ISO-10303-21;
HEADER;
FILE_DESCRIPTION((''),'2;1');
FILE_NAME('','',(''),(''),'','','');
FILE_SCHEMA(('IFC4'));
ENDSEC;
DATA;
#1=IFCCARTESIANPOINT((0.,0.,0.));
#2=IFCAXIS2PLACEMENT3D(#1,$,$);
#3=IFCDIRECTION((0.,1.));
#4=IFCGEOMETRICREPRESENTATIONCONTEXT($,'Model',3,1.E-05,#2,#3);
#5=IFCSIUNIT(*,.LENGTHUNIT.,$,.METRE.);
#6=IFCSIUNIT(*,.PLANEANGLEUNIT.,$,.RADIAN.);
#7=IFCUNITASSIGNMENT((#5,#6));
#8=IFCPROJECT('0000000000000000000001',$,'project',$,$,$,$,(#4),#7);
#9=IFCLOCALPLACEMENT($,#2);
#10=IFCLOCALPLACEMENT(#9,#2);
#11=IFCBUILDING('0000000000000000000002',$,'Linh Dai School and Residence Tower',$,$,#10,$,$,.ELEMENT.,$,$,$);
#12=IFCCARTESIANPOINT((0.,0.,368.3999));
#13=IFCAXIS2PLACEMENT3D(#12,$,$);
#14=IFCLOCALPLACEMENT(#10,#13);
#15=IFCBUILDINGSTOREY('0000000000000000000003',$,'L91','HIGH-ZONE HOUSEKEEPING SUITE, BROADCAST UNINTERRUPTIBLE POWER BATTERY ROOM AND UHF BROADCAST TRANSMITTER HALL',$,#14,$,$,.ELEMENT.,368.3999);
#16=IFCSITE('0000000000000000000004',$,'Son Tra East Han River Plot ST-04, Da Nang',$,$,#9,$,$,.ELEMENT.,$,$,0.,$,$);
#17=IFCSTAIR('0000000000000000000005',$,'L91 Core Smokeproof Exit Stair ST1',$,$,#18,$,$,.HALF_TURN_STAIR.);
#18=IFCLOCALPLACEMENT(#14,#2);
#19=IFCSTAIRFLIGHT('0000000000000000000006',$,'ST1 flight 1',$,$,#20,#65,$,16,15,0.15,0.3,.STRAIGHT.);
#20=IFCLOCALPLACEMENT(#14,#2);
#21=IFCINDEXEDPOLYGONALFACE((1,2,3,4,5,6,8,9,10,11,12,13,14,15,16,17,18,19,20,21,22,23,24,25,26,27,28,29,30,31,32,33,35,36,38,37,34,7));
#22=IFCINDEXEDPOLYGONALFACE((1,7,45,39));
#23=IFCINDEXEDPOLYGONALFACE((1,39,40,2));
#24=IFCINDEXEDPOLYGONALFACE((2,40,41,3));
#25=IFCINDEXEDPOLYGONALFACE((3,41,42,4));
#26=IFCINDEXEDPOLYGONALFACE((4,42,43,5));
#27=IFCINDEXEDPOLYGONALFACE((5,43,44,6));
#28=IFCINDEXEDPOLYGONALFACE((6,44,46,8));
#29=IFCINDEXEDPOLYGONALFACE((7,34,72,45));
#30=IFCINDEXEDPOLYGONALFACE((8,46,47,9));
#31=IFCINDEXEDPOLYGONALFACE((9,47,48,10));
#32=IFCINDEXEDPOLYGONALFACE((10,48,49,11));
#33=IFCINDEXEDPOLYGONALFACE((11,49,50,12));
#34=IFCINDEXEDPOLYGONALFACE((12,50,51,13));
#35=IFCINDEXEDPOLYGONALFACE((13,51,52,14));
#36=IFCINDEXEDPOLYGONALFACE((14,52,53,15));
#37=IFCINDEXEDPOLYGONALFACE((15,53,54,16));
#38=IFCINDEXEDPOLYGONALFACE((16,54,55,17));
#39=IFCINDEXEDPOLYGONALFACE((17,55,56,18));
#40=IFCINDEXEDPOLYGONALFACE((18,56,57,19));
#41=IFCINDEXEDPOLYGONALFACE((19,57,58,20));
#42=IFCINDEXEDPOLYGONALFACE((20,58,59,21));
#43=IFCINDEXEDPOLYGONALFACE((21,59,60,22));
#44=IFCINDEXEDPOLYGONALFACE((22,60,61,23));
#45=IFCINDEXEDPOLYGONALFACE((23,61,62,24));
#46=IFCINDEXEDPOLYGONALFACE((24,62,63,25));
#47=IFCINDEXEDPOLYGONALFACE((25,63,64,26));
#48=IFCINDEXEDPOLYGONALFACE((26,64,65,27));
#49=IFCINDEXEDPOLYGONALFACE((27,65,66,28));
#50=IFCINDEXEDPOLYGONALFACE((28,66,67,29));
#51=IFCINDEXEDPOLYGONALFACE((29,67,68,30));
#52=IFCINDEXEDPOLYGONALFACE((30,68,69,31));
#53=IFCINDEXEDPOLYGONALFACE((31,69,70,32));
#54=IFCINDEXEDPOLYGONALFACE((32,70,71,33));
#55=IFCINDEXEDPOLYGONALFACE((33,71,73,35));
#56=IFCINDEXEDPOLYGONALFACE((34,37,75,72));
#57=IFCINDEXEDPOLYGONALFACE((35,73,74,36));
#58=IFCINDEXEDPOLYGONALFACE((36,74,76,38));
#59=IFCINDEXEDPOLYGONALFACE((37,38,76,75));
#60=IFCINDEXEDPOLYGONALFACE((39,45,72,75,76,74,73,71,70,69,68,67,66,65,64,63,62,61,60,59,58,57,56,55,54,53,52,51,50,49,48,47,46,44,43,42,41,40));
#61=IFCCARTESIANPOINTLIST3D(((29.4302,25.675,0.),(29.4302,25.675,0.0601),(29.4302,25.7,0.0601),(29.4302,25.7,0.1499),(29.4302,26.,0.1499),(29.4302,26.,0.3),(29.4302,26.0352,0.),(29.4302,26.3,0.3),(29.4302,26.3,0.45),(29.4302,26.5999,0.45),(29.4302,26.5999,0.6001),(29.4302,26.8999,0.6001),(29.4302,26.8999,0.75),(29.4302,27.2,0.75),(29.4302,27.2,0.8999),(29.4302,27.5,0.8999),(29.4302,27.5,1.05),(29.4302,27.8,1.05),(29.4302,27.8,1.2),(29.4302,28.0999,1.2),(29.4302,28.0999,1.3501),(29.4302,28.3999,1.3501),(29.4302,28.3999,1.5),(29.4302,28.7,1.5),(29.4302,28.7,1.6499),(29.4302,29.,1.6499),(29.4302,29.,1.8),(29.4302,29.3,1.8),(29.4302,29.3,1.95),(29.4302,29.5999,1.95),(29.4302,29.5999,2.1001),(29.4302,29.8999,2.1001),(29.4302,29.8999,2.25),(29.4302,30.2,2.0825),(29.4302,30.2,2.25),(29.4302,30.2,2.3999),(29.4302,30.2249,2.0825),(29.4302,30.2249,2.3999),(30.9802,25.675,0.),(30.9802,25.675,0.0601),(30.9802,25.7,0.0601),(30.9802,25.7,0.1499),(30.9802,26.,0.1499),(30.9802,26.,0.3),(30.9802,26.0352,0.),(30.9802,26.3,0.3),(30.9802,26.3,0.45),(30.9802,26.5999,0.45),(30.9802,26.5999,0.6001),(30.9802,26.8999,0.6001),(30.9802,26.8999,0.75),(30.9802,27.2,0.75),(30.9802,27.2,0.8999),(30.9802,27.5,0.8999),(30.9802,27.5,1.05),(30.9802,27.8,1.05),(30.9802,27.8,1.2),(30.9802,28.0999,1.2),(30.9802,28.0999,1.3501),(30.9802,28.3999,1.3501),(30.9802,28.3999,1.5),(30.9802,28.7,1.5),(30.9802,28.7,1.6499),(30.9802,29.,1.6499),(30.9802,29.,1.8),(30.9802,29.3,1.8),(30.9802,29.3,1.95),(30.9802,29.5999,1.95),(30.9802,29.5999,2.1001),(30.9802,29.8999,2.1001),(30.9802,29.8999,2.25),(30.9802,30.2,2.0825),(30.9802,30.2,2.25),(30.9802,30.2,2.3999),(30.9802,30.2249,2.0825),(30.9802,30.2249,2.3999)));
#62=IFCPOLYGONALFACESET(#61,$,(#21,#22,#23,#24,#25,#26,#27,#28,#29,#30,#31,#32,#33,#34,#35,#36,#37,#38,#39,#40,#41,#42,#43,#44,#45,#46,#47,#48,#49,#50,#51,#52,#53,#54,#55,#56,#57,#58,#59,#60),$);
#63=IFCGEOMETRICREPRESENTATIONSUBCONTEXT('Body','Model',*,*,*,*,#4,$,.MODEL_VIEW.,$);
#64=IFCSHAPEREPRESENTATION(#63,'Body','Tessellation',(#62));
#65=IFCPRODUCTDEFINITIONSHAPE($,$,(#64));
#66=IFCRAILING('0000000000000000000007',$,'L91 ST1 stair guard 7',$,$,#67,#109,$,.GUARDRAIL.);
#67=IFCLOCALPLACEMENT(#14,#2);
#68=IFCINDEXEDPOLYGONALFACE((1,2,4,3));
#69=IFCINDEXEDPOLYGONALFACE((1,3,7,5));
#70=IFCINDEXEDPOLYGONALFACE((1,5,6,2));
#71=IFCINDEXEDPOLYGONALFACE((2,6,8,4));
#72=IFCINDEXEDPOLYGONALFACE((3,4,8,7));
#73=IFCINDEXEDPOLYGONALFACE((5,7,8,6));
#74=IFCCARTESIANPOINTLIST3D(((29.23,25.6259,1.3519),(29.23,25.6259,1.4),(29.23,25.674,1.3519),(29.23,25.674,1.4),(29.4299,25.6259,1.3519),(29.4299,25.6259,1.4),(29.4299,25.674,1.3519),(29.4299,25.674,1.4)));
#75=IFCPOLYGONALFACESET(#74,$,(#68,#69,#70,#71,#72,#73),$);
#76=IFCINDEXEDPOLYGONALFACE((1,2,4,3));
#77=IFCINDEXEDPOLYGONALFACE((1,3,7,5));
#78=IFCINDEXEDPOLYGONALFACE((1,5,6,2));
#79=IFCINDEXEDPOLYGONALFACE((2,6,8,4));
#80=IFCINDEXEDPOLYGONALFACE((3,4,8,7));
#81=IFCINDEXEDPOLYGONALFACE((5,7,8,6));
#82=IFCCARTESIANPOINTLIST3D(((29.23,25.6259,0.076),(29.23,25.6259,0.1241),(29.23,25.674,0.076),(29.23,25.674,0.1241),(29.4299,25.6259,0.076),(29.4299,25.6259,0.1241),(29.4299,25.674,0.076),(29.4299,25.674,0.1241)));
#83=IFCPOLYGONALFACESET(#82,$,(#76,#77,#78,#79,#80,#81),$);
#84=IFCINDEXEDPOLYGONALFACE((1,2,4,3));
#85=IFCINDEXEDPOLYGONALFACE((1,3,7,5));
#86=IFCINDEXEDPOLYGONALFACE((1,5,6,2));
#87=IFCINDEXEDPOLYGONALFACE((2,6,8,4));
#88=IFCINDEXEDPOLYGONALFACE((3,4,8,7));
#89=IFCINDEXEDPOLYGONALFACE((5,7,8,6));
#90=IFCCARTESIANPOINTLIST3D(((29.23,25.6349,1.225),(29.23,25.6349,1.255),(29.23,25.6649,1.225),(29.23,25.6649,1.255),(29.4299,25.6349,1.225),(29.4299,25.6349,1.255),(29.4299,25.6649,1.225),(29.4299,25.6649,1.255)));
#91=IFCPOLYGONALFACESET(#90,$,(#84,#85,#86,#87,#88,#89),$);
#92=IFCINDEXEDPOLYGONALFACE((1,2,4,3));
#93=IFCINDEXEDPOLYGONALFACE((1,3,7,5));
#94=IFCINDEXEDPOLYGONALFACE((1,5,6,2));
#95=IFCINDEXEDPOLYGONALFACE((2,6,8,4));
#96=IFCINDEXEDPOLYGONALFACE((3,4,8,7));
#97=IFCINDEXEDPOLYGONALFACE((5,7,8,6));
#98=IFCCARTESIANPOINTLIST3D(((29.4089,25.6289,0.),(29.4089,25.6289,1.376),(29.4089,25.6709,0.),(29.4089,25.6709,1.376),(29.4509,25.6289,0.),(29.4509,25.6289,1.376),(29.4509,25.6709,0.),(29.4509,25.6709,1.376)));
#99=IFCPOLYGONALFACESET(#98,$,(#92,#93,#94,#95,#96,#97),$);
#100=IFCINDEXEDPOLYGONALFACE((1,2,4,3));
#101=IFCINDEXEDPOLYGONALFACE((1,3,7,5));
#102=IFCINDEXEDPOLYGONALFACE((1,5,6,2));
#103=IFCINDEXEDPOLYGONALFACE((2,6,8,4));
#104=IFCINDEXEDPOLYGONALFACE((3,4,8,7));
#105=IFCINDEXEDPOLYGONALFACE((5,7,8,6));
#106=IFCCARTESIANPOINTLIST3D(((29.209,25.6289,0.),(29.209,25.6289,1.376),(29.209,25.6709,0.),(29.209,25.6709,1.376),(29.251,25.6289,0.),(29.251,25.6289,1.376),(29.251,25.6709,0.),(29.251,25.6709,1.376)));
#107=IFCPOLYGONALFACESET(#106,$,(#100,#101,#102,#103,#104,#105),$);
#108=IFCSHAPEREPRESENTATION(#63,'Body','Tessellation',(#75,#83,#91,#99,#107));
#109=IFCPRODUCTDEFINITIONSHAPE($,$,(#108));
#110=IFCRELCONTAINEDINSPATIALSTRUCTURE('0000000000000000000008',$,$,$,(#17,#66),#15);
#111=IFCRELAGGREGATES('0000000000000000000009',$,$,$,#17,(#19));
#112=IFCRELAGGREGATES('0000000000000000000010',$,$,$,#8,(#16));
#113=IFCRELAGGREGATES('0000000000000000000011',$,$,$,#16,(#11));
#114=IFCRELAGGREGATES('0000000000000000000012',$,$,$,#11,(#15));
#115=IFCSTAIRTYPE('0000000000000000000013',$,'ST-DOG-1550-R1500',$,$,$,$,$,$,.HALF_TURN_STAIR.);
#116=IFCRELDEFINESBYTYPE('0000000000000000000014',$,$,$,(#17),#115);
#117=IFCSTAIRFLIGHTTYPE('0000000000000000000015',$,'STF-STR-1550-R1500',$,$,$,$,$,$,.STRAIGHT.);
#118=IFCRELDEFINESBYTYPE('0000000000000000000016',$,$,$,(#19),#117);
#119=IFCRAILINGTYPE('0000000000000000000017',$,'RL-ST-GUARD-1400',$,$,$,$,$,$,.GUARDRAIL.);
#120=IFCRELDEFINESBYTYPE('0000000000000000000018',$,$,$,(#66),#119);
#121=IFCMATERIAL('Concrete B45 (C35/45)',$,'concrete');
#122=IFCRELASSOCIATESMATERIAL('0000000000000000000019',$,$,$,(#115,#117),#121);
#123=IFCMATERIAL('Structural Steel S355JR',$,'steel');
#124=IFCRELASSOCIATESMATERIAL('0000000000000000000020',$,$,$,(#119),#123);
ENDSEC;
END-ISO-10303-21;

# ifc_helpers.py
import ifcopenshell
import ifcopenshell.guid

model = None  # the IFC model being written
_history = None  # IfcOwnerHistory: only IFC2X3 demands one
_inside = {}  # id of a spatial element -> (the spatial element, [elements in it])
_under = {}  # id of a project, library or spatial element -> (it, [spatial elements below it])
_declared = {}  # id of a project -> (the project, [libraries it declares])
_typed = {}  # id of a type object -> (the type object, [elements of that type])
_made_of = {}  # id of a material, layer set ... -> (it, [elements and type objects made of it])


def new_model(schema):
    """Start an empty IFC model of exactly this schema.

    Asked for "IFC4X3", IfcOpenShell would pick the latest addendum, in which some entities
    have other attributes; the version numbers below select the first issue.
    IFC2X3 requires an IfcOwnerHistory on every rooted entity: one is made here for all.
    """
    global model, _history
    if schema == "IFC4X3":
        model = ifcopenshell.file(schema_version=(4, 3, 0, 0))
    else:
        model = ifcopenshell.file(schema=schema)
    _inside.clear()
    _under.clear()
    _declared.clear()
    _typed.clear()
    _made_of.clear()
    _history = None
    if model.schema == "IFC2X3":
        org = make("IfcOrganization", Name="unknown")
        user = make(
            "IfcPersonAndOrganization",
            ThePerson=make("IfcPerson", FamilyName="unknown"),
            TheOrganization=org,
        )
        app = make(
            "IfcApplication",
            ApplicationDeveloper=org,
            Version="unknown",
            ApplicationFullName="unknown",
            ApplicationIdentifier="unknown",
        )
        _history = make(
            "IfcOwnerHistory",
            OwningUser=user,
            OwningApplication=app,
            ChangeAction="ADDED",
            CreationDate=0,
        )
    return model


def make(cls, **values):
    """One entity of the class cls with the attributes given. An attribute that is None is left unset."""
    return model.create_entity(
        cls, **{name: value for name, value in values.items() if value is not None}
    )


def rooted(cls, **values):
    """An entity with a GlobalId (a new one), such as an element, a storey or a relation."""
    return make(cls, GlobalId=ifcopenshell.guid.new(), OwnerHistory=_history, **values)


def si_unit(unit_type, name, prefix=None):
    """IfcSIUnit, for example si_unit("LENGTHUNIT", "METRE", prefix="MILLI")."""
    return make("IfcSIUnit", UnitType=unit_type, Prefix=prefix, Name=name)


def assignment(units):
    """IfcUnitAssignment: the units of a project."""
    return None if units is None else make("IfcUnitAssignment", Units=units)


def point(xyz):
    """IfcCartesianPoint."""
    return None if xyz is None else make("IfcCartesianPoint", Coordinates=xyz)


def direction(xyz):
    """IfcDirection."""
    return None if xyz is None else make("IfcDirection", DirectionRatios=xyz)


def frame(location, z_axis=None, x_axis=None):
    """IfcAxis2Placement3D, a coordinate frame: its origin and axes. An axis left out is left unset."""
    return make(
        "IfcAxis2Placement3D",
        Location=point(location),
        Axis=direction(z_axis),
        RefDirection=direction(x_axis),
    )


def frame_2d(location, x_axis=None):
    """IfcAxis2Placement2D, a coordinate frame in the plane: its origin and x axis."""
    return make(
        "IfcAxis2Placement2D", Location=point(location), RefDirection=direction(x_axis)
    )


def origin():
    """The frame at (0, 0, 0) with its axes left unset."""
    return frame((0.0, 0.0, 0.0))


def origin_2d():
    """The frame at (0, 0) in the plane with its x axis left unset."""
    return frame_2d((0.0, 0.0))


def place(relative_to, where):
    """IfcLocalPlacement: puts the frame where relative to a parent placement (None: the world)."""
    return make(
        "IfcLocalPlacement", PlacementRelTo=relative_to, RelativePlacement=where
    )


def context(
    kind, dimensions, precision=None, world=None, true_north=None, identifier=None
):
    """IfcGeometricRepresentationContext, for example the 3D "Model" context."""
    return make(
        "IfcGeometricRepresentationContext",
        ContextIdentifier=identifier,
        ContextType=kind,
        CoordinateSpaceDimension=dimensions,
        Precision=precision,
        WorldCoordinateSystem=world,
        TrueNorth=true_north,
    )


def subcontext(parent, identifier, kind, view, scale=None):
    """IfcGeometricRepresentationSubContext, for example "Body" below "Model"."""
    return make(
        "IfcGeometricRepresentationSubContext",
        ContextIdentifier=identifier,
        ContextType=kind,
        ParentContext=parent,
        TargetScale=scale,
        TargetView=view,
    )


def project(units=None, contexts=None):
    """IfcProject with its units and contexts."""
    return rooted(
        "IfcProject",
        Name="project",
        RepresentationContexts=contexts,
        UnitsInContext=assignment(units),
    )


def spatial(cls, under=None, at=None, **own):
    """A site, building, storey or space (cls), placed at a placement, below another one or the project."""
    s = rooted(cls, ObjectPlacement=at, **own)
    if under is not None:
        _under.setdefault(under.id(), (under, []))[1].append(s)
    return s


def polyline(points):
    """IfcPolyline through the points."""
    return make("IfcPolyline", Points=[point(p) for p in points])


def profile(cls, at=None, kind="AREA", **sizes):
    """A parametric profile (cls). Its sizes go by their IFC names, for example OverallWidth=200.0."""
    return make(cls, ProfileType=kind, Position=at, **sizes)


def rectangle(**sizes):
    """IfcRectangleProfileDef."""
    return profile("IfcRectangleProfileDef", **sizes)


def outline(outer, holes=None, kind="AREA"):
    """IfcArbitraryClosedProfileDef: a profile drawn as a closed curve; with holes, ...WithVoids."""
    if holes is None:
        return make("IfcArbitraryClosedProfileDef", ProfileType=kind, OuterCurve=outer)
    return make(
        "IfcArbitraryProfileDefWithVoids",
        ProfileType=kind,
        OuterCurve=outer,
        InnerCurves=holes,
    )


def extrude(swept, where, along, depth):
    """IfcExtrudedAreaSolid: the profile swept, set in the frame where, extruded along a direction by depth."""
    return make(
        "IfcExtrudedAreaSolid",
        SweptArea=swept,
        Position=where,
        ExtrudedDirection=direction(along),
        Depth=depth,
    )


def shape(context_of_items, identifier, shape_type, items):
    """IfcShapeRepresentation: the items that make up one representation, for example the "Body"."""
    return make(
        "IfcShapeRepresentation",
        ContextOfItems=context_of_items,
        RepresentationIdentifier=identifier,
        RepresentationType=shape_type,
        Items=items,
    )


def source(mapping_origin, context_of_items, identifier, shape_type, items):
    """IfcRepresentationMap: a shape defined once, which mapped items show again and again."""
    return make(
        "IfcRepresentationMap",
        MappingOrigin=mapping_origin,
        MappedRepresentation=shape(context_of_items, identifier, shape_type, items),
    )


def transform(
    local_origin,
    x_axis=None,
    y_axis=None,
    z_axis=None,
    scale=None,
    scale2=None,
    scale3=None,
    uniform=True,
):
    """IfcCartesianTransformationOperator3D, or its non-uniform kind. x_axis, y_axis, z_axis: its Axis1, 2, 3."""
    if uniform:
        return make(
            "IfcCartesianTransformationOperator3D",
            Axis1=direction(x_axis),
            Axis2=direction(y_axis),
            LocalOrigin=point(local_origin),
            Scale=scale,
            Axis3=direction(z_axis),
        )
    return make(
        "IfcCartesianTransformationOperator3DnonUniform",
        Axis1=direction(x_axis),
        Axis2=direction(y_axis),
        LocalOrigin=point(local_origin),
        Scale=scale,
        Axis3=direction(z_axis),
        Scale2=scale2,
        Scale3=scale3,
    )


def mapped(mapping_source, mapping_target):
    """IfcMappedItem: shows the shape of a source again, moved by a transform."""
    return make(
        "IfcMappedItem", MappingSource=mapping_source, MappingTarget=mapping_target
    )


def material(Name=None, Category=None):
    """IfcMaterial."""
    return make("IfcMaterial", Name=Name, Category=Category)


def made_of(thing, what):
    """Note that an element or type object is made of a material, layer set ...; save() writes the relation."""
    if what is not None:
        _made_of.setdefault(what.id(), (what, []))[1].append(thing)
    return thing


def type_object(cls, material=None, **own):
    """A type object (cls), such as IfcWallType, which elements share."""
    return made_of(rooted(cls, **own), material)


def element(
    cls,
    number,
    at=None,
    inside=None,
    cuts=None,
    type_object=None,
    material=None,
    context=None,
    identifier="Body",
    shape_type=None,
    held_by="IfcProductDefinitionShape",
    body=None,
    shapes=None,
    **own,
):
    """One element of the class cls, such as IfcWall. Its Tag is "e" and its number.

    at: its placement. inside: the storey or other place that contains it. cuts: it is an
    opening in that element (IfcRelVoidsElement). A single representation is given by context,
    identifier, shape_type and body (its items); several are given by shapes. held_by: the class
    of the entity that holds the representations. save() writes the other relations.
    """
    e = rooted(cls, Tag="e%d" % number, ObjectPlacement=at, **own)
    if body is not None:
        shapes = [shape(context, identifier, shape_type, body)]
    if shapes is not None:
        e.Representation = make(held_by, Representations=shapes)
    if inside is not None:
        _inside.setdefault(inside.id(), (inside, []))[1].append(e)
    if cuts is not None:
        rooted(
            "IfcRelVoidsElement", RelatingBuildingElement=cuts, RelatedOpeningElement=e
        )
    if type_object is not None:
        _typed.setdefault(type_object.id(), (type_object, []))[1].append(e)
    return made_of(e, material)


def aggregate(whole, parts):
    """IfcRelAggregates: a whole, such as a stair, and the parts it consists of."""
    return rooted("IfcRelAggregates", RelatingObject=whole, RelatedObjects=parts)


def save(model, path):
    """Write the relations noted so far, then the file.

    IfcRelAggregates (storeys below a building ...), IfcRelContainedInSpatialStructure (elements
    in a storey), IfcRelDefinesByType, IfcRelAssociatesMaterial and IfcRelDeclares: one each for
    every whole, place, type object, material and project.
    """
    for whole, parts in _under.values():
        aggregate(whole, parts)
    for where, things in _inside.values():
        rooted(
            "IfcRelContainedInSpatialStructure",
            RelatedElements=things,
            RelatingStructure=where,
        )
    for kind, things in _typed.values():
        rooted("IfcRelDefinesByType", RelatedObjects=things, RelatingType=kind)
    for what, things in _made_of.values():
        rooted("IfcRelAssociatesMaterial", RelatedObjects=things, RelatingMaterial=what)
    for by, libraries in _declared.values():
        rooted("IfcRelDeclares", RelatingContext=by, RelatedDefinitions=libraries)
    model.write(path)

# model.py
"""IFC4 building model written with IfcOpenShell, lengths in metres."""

from ifc_helpers import new_model, si_unit, direction, frame, origin, origin_2d, place, context, subcontext, project, spatial, polyline, rectangle, outline, extrude, source, transform, mapped, material, type_object, element, aggregate, save


model = new_model("IFC4")

# Units and contexts
model_context = context("Model", 3, precision=1e-05, world=origin(), true_north=direction((0.0, 1.0)))
body_context = subcontext(model_context, "Body", "Model", "MODEL_VIEW")
ifc_project = project(units=[si_unit("LENGTHUNIT", "METRE"), si_unit("PLANEANGLEUNIT", "RADIAN")], contexts=[model_context])

# Site, building, storey
site_placement = place(None, origin())
site = spatial("IfcSite", under=ifc_project, at=site_placement, Name="Son Tra East Han River Plot ST-04, Da Nang", CompositionType="ELEMENT", RefElevation=0.0)
building_placement = place(site_placement, origin())
building = spatial("IfcBuilding", under=site, at=building_placement, Name="Linh Dai School and Residence Tower", CompositionType="ELEMENT")
storey_placement = place(building_placement, frame((0.0, 0.0, 368.3999)))
storey = spatial("IfcBuildingStorey", under=building, at=storey_placement, Name="L91", Description="HIGH-ZONE HOUSEKEEPING SUITE, BROADCAST UNINTERRUPTIBLE POWER BATTERY ROOM AND UHF BROADCAST TRANSMITTER HALL", CompositionType="ELEMENT", Elevation=368.3999)

# Shared definitions
ifc_material_1 = material(Name="Structural Steel S355JR", Category="steel")

# Shared definitions
ifc_material_2 = material(Name="Concrete B45 (C35/45)", Category="concrete")

# Stair, stair flight
stair_type = type_object("IfcStairType", Name="ST-DOG-1550-R1500", PredefinedType="HALF_TURN_STAIR", material=ifc_material_2)
stair_placement = place(storey_placement, origin())
stair = element("IfcStair", 1, at=stair_placement, inside=storey, type_object=stair_type, Name="L91 Core Smokeproof Exit Stair ST1", PredefinedType="HALF_TURN_STAIR")
stair_flight_type = type_object("IfcStairFlightType", Name="STF-STR-1550-R1500", PredefinedType="STRAIGHT", material=ifc_material_2)
shared_shape_1 = source(origin(), body_context, "Body", "SweptSolid", [
    extrude(outline(polyline([(-0.0249, 0.0), (-0.0249, 0.0601), (0.0, 0.0601), (0.0, 0.1499), (0.3, 0.1499), (0.3, 0.3), (0.6001, 0.3), (0.6001, 0.45), (0.8999, 0.45), (0.8999, 0.6001), (1.2, 0.6001), (1.2, 0.75), (1.5, 0.75), (1.5, 0.8999), (1.8, 0.8999), (1.8, 1.05), (2.1001, 1.05), (2.1001, 1.2), (2.3999, 1.2), (2.3999, 1.3501), (2.7, 1.3501), (2.7, 1.5), (3.0, 1.5), (3.0, 1.6499), (3.3, 1.6499), (3.3, 1.8), (3.6001, 1.8), (3.6001, 1.95), (3.8999, 1.95), (3.8999, 2.1001), (4.2, 2.1001), (4.2, 2.25), (4.5, 2.25), (4.5, 2.3999), (4.5249, 2.3999), (4.5249, 2.0825), (4.5, 2.0825), (0.3352, 0.0), (-0.0249, 0.0)])), frame((0.0, 0.7749, 0.0), z_axis=(0.0, -1.0, 0.0), x_axis=(1.0, 0.0, 0.0)), (0.0, 0.0, 1.0), 1.55),
])
stair_flight_placement = place(storey_placement, frame((30.2051, 25.7, 0.0), z_axis=(0.0, 0.0, 1.0), x_axis=(0.0, 1.0, 0.0)))
stair_flight = element("IfcStairFlight", 2, at=stair_flight_placement, type_object=stair_flight_type, Name="ST1 flight 1", NumberOfRisers=16, NumberOfTreads=15, PredefinedType="STRAIGHT", RiserHeight=0.15, TreadLength=0.3, context=body_context, shape_type="MappedRepresentation", body=[
    mapped(shared_shape_1, transform((0.0, 0.0, 0.0), x_axis=(1.0, 0.0, 0.0), y_axis=(0.0, 1.0, 0.0), z_axis=(0.0, 0.0, 1.0), scale=1.0)),
])
aggregate(stair, [stair_flight])

# Railing
railing_type_1 = type_object("IfcRailingType", Name="RL-ST-GUARD-1400", PredefinedType="GUARDRAIL", material=ifc_material_1)
shared_shape_2 = source(origin(), body_context, "Body", "SweptSolid", [
    extrude(rectangle(XDim=0.0481, YDim=0.0481, at=origin_2d()), frame((0.0, 0.0, 1.376), z_axis=(-1.0, 0.0, 0.0), x_axis=(0.0, -1.0, 0.0)), (0.0, 0.0, 1.0), 0.2),
    extrude(rectangle(XDim=0.0481, YDim=0.0481, at=origin_2d()), frame((0.0, 0.0, 0.1001), z_axis=(-1.0, 0.0, 0.0), x_axis=(0.0, -1.0, 0.0)), (0.0, 0.0, 1.0), 0.2),
    extrude(rectangle(XDim=0.03, YDim=0.03, at=origin_2d()), frame((0.0, 0.0, 1.24), z_axis=(-1.0, 0.0, 0.0), x_axis=(0.0, -1.0, 0.0)), (0.0, 0.0, 1.0), 0.2),
    extrude(rectangle(XDim=0.042, YDim=0.042, at=origin_2d()), origin(), (0.0, 0.0, 1.0), 1.376),
    extrude(rectangle(XDim=0.042, YDim=0.042, at=origin_2d()), frame((-0.2, 0.0, 0.0)), (0.0, 0.0, 1.0), 1.376),
])
railing_1_placement = place(storey_placement, frame((29.4299, 25.6499, 0.0)))
element("IfcRailing", 3, at=railing_1_placement, inside=storey, type_object=railing_type_1, Name="L91 ST1 stair guard 7", PredefinedType="GUARDRAIL", context=body_context, shape_type="MappedRepresentation", body=[
    mapped(shared_shape_2, transform((0.0, 0.0, 0.0), x_axis=(1.0, 0.0, 0.0), y_axis=(0.0, 1.0, 0.0), z_axis=(0.0, 0.0, 1.0), scale=1.0)),
])

save(model, "model.ifc")
